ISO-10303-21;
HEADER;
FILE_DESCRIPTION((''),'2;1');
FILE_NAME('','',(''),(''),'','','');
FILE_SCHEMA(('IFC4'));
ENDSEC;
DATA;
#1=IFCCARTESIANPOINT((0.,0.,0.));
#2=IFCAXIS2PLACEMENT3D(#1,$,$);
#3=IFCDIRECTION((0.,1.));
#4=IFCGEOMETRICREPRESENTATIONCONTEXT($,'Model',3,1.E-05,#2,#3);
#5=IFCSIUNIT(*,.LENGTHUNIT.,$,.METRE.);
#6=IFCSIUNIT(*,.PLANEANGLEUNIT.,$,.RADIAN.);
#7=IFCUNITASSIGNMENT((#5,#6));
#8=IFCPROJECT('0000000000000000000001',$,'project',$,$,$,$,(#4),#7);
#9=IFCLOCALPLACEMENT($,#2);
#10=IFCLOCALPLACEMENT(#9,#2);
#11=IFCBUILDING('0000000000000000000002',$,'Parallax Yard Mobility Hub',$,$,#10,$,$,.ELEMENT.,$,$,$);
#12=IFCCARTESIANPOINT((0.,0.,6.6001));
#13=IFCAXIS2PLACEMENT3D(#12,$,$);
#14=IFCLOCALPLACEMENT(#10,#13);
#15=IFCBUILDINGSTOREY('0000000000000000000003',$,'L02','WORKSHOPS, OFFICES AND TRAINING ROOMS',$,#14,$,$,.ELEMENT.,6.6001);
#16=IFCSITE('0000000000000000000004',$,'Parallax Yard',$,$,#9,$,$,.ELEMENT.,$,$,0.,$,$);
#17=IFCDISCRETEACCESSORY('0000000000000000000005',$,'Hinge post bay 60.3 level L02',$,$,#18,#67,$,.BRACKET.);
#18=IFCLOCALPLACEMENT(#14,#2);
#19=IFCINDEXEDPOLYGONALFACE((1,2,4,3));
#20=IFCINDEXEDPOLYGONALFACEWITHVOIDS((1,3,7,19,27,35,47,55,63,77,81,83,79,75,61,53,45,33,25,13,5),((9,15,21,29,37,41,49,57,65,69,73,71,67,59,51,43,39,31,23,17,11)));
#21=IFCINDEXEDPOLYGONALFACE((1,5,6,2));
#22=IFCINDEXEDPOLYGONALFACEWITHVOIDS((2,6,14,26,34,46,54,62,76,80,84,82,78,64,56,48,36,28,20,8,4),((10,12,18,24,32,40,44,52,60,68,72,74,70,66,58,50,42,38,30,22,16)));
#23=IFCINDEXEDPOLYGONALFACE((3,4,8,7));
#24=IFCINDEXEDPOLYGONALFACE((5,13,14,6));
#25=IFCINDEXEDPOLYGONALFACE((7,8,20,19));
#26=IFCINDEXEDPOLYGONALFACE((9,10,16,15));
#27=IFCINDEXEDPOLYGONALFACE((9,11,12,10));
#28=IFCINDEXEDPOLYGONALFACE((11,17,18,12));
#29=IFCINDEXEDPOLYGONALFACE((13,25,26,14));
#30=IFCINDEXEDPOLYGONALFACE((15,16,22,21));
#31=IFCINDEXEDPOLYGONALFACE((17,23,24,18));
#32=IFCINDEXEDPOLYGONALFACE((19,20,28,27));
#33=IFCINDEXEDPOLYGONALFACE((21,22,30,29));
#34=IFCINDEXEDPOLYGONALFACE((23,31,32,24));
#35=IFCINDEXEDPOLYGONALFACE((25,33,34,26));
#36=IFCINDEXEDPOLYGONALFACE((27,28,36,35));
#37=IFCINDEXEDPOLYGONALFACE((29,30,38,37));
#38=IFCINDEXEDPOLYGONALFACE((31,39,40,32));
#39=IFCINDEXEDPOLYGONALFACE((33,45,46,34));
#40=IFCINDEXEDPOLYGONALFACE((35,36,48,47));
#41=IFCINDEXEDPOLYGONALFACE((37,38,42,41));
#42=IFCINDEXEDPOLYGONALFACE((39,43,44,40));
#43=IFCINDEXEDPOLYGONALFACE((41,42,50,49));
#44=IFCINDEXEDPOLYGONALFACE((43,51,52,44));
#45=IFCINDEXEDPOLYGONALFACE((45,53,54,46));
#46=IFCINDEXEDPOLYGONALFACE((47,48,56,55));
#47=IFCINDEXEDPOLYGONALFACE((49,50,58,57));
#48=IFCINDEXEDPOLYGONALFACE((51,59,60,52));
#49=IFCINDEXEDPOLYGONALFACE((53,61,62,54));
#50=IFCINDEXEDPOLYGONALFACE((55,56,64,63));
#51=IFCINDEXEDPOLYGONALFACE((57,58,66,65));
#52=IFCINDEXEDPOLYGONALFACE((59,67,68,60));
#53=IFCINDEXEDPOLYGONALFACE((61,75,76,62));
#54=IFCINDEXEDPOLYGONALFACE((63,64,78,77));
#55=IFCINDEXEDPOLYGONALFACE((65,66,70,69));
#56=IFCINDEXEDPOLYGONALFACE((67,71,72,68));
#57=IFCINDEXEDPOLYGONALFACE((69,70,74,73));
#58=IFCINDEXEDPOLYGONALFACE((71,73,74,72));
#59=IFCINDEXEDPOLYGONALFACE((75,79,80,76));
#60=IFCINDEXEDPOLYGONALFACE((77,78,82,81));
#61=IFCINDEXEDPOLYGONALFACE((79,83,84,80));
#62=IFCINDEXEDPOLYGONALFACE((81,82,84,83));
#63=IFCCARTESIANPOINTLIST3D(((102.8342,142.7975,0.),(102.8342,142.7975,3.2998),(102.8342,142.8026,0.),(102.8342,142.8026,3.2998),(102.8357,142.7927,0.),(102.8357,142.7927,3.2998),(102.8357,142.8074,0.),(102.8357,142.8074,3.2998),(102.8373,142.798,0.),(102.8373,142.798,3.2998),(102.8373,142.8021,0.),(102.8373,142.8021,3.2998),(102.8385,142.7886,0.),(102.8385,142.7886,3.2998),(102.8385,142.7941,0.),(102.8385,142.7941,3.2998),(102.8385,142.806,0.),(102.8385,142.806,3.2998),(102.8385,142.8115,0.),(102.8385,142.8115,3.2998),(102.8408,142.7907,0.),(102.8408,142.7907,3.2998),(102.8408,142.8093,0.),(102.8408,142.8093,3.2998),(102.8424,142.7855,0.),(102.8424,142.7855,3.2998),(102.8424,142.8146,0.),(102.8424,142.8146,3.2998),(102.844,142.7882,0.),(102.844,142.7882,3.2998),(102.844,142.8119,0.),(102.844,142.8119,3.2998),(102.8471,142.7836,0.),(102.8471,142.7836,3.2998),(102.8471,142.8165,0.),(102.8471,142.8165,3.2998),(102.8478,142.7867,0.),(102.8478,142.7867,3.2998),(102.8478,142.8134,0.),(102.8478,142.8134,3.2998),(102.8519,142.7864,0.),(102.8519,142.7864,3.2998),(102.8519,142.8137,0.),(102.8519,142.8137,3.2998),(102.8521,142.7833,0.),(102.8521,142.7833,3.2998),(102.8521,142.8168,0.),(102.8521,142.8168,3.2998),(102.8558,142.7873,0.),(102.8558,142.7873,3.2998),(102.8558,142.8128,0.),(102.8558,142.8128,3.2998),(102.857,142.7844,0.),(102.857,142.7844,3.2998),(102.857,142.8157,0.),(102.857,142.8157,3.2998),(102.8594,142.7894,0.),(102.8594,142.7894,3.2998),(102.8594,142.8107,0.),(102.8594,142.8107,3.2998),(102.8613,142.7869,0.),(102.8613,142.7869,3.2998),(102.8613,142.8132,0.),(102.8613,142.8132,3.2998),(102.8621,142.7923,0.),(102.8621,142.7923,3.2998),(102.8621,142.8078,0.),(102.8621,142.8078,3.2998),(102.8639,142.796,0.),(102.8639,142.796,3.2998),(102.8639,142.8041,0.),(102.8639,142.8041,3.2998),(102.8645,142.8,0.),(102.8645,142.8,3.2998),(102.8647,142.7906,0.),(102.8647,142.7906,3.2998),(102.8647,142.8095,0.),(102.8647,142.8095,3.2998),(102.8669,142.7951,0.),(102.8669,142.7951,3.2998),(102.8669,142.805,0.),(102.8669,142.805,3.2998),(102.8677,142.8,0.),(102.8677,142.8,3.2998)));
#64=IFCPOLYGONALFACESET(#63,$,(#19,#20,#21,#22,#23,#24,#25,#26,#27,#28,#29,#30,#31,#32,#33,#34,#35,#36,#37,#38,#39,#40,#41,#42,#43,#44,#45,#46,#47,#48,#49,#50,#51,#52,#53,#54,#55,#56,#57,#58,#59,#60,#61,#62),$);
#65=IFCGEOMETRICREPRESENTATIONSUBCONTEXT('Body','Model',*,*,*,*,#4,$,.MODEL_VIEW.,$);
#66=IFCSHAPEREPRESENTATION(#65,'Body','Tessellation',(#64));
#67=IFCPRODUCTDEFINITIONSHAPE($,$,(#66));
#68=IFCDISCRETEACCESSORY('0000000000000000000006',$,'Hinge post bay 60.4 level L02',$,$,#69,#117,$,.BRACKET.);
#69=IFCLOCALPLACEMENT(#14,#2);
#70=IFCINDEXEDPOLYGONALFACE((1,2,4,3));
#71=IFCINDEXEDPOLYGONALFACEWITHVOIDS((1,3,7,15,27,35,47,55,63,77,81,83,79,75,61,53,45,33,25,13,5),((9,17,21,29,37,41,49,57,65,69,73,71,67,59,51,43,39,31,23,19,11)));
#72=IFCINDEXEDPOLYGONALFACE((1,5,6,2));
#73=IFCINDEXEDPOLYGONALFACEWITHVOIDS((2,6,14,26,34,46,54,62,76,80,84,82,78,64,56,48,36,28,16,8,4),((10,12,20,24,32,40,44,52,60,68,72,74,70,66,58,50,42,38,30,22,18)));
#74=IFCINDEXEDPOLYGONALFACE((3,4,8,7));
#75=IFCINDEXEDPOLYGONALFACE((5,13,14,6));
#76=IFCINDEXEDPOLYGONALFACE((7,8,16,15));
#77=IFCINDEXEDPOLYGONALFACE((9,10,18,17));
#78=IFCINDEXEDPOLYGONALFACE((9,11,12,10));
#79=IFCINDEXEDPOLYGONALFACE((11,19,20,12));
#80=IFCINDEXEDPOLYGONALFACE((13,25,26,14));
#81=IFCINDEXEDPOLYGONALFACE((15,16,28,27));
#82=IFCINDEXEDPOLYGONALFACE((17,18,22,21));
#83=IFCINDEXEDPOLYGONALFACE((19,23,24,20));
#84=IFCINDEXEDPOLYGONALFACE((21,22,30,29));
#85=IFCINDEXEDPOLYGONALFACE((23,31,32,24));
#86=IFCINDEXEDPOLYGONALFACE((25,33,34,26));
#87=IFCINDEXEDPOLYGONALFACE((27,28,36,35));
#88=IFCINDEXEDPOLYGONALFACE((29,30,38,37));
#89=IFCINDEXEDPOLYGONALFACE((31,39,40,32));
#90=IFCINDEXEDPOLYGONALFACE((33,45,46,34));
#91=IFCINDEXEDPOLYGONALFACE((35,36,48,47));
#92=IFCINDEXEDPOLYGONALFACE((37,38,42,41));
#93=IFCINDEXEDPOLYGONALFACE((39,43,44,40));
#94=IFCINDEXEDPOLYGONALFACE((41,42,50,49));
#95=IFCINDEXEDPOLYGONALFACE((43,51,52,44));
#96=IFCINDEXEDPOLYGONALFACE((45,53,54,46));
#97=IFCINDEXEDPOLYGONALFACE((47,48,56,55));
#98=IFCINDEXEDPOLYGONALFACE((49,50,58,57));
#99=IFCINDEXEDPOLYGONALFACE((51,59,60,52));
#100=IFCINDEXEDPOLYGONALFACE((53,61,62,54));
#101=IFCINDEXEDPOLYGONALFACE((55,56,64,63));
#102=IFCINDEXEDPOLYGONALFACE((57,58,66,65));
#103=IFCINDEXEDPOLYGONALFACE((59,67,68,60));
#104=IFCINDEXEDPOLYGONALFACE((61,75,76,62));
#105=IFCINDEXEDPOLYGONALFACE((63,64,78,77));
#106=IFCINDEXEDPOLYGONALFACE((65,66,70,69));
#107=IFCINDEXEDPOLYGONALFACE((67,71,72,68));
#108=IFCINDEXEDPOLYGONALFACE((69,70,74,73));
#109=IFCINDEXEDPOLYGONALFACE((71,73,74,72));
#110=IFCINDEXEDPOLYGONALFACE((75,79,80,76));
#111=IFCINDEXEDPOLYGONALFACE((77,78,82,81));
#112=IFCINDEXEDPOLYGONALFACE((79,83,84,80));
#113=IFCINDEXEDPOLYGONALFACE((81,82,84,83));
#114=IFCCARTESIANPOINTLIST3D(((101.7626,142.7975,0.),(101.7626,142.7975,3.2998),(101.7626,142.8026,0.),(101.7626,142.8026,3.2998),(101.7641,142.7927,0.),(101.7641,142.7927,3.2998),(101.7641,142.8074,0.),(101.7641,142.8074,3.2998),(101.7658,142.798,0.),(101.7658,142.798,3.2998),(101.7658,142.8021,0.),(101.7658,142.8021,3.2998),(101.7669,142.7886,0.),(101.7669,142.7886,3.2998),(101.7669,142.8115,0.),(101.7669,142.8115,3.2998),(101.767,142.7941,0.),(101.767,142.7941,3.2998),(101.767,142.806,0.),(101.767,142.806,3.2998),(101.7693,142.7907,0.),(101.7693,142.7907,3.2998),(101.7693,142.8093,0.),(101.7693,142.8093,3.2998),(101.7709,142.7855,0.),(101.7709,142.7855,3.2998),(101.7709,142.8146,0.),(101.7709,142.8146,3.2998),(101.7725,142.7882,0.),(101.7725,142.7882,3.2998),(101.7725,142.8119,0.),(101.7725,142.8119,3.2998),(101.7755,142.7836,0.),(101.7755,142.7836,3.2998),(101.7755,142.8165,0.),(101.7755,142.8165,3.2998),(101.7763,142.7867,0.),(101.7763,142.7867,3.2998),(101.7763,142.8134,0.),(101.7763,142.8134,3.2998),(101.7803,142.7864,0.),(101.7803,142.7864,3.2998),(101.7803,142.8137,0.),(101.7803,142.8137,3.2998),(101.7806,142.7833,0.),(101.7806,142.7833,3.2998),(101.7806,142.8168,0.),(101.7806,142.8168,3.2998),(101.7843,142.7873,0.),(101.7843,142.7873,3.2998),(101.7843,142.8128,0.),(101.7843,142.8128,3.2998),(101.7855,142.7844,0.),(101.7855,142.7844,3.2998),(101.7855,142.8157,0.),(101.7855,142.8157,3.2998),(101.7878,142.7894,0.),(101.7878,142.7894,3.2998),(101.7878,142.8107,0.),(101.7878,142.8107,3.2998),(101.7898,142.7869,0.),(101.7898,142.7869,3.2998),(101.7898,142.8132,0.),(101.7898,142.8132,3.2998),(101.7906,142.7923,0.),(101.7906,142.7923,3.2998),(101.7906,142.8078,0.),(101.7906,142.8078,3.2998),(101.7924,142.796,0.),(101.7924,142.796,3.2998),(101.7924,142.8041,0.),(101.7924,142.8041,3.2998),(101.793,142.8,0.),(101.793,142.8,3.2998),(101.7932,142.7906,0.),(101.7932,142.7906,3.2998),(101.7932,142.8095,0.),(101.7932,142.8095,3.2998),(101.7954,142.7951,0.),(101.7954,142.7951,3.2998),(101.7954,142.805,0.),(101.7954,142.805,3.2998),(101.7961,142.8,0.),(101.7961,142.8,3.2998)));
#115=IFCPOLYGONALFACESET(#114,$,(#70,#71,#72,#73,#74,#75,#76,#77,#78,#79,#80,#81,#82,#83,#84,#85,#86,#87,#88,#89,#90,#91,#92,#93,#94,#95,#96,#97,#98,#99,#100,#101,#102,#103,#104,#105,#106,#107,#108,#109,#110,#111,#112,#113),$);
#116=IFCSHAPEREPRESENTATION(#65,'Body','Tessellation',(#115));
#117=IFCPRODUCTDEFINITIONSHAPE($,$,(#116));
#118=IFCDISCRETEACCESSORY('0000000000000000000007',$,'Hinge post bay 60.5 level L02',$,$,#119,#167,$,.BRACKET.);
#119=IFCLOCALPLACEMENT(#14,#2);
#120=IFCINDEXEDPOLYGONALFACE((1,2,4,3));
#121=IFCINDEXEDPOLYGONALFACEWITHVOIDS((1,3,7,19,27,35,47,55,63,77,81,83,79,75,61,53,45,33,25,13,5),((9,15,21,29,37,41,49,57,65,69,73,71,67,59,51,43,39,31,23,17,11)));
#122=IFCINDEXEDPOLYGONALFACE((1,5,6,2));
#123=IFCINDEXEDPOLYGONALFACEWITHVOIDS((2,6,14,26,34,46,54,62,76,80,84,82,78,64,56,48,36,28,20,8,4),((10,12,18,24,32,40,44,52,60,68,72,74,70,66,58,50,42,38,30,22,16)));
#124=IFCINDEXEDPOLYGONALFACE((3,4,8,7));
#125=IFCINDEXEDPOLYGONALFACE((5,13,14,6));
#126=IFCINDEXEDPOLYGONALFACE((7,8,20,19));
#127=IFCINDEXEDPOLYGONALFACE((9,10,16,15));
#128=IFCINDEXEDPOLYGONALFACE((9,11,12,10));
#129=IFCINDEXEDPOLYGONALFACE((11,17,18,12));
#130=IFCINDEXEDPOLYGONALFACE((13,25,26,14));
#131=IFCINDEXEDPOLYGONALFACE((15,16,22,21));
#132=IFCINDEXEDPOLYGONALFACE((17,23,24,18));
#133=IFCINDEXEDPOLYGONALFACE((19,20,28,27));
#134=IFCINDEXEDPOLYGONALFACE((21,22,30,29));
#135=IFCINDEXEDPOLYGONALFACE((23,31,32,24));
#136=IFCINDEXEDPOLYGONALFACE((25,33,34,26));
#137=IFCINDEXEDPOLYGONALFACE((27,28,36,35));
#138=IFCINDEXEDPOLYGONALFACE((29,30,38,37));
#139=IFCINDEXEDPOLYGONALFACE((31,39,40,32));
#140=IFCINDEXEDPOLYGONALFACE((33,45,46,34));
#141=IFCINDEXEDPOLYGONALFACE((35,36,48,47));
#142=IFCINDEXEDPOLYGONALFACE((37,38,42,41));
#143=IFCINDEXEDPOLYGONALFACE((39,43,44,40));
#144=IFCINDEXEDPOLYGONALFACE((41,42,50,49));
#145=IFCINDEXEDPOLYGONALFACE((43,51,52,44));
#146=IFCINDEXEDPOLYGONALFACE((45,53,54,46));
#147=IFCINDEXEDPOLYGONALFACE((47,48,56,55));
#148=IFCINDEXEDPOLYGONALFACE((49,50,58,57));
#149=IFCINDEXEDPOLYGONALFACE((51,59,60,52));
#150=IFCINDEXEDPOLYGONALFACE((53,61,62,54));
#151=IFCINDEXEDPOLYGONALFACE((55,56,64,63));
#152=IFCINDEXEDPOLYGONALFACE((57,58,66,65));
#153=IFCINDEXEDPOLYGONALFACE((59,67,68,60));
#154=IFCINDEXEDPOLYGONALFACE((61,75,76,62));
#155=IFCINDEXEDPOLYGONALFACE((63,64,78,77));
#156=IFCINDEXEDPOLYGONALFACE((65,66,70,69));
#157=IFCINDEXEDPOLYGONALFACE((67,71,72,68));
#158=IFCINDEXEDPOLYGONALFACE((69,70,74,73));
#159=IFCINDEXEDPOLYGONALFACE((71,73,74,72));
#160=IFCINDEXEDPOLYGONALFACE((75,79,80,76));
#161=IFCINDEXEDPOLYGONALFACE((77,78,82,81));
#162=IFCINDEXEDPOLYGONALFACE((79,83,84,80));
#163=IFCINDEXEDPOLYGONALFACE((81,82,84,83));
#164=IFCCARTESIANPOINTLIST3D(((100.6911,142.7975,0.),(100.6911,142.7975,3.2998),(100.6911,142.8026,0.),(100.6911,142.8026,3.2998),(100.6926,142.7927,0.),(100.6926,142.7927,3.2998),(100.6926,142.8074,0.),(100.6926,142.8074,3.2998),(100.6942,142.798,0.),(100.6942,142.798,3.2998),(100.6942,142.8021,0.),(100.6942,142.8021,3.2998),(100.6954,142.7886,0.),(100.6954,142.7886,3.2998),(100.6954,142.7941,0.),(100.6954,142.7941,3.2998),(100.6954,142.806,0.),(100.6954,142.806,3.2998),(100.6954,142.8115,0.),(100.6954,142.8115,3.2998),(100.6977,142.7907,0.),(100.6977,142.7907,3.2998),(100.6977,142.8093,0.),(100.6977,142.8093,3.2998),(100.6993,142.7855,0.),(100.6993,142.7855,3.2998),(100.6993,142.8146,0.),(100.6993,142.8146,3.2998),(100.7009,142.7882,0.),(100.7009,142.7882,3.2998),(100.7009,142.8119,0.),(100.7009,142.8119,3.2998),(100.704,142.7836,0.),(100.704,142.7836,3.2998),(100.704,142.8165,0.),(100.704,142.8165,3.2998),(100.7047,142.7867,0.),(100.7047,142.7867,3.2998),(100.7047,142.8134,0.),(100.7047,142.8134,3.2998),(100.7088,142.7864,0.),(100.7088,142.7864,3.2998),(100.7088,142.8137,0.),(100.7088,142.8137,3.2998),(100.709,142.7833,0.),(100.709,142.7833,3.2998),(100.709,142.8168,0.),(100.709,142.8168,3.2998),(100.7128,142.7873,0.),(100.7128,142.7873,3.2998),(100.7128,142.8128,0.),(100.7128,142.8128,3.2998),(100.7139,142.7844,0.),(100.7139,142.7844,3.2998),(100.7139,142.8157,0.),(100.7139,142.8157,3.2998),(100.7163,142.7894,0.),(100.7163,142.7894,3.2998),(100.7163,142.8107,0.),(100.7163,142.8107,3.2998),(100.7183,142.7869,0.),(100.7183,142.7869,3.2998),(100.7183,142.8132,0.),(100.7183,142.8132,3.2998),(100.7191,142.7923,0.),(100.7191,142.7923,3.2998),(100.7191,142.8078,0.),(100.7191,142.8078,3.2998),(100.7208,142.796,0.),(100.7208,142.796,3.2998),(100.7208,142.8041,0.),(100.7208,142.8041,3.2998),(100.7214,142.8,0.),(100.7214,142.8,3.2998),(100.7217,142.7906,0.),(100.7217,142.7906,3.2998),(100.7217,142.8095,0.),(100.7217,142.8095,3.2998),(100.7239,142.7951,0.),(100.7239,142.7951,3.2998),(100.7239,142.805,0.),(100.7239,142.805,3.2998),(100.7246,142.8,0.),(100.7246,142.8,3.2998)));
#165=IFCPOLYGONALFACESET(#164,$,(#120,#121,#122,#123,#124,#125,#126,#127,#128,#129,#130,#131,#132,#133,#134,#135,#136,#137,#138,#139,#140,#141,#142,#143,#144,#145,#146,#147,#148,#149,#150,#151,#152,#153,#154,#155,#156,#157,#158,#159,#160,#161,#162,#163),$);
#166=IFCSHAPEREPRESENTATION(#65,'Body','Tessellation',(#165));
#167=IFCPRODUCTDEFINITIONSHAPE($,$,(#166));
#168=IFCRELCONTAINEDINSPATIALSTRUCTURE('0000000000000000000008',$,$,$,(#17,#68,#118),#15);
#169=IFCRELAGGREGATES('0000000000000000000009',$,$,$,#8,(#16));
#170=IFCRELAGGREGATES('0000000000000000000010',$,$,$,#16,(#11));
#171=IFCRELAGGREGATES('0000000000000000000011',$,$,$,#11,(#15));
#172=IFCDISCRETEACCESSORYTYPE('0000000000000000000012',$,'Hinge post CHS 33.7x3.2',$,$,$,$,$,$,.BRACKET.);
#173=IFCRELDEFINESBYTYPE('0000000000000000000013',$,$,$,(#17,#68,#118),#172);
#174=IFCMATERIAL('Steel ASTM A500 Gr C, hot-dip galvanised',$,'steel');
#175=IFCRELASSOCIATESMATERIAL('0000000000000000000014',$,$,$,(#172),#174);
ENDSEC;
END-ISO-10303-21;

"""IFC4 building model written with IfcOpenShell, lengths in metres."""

from ifc_helpers import new_model, si_unit, direction, frame, origin, origin_2d, place, context, subcontext, project, spatial, hollow_circle, extrude, material, material_profile, profile_set, type_object, element, save


model = new_model("IFC4")

# Units and contexts
model_context = context("Model", 3, precision=1e-05, world=origin(), true_north=direction((0.0, 1.0)))
body_context = subcontext(model_context, "Body", "Model", "MODEL_VIEW")
ifc_project = project(units=[si_unit("LENGTHUNIT", "METRE"), si_unit("PLANEANGLEUNIT", "RADIAN")], contexts=[model_context])

# Site, building, storey
site_placement = place(None, origin())
site = spatial("IfcSite", under=ifc_project, at=site_placement, Name="Parallax Yard", CompositionType="ELEMENT", RefElevation=0.0)
building_placement = place(site_placement, origin())
building = spatial("IfcBuilding", under=site, at=building_placement, Name="Parallax Yard Mobility Hub", CompositionType="ELEMENT")
storey_placement = place(building_placement, frame((0.0, 0.0, 6.6001)))
storey = spatial("IfcBuildingStorey", under=building, at=storey_placement, Name="L02", Description="WORKSHOPS, OFFICES AND TRAINING ROOMS", CompositionType="ELEMENT", Elevation=6.6001)

# Discrete accessories
ifc_material_1 = material(Name="Steel ASTM A500 Gr C, hot-dip galvanised", Category="steel")
ifc_material_profile = material_profile(ifc_material_1, hollow_circle(Radius=0.0168, WallThickness=0.0032, at=origin_2d()), Name="CHS 33.7x3.2")
ifc_profile_set = profile_set([ifc_material_profile], Name="Steel ASTM A500 Gr C, hot-dip galvanised")
discrete_accessory_type_1 = type_object("IfcDiscreteAccessoryType", Name="Hinge post CHS 33.7x3.2", PredefinedType="BRACKET", material=ifc_profile_set)
for number, where, z_axis, x_axis, name in (
    (1, (102.8508, 142.8, 0.0), (0.0, 0.0, 1.0), (1.0, 0.0, 0.0), "Hinge post bay 60.3 level L02"),
    (2, (101.7793, 142.8, 0.0), (0.0, 0.0, 1.0), (1.0, 0.0, 0.0), "Hinge post bay 60.4 level L02"),
    (3, (100.7078, 142.8, 0.0), (0.0, 0.0, 1.0), (1.0, 0.0, 0.0), "Hinge post bay 60.5 level L02"),
):
    element("IfcDiscreteAccessory", number, at=place(storey_placement, frame(where, z_axis=z_axis, x_axis=x_axis)), inside=storey, type_object=discrete_accessory_type_1, Name=name, PredefinedType="BRACKET", context=body_context, shape_type="SweptSolid", body=[
        extrude(hollow_circle(Radius=0.0168, WallThickness=0.0032, at=origin_2d()), origin(), (0.0, 0.0, 1.0), 3.2998),
    ])

save(model, "model.ifc")
